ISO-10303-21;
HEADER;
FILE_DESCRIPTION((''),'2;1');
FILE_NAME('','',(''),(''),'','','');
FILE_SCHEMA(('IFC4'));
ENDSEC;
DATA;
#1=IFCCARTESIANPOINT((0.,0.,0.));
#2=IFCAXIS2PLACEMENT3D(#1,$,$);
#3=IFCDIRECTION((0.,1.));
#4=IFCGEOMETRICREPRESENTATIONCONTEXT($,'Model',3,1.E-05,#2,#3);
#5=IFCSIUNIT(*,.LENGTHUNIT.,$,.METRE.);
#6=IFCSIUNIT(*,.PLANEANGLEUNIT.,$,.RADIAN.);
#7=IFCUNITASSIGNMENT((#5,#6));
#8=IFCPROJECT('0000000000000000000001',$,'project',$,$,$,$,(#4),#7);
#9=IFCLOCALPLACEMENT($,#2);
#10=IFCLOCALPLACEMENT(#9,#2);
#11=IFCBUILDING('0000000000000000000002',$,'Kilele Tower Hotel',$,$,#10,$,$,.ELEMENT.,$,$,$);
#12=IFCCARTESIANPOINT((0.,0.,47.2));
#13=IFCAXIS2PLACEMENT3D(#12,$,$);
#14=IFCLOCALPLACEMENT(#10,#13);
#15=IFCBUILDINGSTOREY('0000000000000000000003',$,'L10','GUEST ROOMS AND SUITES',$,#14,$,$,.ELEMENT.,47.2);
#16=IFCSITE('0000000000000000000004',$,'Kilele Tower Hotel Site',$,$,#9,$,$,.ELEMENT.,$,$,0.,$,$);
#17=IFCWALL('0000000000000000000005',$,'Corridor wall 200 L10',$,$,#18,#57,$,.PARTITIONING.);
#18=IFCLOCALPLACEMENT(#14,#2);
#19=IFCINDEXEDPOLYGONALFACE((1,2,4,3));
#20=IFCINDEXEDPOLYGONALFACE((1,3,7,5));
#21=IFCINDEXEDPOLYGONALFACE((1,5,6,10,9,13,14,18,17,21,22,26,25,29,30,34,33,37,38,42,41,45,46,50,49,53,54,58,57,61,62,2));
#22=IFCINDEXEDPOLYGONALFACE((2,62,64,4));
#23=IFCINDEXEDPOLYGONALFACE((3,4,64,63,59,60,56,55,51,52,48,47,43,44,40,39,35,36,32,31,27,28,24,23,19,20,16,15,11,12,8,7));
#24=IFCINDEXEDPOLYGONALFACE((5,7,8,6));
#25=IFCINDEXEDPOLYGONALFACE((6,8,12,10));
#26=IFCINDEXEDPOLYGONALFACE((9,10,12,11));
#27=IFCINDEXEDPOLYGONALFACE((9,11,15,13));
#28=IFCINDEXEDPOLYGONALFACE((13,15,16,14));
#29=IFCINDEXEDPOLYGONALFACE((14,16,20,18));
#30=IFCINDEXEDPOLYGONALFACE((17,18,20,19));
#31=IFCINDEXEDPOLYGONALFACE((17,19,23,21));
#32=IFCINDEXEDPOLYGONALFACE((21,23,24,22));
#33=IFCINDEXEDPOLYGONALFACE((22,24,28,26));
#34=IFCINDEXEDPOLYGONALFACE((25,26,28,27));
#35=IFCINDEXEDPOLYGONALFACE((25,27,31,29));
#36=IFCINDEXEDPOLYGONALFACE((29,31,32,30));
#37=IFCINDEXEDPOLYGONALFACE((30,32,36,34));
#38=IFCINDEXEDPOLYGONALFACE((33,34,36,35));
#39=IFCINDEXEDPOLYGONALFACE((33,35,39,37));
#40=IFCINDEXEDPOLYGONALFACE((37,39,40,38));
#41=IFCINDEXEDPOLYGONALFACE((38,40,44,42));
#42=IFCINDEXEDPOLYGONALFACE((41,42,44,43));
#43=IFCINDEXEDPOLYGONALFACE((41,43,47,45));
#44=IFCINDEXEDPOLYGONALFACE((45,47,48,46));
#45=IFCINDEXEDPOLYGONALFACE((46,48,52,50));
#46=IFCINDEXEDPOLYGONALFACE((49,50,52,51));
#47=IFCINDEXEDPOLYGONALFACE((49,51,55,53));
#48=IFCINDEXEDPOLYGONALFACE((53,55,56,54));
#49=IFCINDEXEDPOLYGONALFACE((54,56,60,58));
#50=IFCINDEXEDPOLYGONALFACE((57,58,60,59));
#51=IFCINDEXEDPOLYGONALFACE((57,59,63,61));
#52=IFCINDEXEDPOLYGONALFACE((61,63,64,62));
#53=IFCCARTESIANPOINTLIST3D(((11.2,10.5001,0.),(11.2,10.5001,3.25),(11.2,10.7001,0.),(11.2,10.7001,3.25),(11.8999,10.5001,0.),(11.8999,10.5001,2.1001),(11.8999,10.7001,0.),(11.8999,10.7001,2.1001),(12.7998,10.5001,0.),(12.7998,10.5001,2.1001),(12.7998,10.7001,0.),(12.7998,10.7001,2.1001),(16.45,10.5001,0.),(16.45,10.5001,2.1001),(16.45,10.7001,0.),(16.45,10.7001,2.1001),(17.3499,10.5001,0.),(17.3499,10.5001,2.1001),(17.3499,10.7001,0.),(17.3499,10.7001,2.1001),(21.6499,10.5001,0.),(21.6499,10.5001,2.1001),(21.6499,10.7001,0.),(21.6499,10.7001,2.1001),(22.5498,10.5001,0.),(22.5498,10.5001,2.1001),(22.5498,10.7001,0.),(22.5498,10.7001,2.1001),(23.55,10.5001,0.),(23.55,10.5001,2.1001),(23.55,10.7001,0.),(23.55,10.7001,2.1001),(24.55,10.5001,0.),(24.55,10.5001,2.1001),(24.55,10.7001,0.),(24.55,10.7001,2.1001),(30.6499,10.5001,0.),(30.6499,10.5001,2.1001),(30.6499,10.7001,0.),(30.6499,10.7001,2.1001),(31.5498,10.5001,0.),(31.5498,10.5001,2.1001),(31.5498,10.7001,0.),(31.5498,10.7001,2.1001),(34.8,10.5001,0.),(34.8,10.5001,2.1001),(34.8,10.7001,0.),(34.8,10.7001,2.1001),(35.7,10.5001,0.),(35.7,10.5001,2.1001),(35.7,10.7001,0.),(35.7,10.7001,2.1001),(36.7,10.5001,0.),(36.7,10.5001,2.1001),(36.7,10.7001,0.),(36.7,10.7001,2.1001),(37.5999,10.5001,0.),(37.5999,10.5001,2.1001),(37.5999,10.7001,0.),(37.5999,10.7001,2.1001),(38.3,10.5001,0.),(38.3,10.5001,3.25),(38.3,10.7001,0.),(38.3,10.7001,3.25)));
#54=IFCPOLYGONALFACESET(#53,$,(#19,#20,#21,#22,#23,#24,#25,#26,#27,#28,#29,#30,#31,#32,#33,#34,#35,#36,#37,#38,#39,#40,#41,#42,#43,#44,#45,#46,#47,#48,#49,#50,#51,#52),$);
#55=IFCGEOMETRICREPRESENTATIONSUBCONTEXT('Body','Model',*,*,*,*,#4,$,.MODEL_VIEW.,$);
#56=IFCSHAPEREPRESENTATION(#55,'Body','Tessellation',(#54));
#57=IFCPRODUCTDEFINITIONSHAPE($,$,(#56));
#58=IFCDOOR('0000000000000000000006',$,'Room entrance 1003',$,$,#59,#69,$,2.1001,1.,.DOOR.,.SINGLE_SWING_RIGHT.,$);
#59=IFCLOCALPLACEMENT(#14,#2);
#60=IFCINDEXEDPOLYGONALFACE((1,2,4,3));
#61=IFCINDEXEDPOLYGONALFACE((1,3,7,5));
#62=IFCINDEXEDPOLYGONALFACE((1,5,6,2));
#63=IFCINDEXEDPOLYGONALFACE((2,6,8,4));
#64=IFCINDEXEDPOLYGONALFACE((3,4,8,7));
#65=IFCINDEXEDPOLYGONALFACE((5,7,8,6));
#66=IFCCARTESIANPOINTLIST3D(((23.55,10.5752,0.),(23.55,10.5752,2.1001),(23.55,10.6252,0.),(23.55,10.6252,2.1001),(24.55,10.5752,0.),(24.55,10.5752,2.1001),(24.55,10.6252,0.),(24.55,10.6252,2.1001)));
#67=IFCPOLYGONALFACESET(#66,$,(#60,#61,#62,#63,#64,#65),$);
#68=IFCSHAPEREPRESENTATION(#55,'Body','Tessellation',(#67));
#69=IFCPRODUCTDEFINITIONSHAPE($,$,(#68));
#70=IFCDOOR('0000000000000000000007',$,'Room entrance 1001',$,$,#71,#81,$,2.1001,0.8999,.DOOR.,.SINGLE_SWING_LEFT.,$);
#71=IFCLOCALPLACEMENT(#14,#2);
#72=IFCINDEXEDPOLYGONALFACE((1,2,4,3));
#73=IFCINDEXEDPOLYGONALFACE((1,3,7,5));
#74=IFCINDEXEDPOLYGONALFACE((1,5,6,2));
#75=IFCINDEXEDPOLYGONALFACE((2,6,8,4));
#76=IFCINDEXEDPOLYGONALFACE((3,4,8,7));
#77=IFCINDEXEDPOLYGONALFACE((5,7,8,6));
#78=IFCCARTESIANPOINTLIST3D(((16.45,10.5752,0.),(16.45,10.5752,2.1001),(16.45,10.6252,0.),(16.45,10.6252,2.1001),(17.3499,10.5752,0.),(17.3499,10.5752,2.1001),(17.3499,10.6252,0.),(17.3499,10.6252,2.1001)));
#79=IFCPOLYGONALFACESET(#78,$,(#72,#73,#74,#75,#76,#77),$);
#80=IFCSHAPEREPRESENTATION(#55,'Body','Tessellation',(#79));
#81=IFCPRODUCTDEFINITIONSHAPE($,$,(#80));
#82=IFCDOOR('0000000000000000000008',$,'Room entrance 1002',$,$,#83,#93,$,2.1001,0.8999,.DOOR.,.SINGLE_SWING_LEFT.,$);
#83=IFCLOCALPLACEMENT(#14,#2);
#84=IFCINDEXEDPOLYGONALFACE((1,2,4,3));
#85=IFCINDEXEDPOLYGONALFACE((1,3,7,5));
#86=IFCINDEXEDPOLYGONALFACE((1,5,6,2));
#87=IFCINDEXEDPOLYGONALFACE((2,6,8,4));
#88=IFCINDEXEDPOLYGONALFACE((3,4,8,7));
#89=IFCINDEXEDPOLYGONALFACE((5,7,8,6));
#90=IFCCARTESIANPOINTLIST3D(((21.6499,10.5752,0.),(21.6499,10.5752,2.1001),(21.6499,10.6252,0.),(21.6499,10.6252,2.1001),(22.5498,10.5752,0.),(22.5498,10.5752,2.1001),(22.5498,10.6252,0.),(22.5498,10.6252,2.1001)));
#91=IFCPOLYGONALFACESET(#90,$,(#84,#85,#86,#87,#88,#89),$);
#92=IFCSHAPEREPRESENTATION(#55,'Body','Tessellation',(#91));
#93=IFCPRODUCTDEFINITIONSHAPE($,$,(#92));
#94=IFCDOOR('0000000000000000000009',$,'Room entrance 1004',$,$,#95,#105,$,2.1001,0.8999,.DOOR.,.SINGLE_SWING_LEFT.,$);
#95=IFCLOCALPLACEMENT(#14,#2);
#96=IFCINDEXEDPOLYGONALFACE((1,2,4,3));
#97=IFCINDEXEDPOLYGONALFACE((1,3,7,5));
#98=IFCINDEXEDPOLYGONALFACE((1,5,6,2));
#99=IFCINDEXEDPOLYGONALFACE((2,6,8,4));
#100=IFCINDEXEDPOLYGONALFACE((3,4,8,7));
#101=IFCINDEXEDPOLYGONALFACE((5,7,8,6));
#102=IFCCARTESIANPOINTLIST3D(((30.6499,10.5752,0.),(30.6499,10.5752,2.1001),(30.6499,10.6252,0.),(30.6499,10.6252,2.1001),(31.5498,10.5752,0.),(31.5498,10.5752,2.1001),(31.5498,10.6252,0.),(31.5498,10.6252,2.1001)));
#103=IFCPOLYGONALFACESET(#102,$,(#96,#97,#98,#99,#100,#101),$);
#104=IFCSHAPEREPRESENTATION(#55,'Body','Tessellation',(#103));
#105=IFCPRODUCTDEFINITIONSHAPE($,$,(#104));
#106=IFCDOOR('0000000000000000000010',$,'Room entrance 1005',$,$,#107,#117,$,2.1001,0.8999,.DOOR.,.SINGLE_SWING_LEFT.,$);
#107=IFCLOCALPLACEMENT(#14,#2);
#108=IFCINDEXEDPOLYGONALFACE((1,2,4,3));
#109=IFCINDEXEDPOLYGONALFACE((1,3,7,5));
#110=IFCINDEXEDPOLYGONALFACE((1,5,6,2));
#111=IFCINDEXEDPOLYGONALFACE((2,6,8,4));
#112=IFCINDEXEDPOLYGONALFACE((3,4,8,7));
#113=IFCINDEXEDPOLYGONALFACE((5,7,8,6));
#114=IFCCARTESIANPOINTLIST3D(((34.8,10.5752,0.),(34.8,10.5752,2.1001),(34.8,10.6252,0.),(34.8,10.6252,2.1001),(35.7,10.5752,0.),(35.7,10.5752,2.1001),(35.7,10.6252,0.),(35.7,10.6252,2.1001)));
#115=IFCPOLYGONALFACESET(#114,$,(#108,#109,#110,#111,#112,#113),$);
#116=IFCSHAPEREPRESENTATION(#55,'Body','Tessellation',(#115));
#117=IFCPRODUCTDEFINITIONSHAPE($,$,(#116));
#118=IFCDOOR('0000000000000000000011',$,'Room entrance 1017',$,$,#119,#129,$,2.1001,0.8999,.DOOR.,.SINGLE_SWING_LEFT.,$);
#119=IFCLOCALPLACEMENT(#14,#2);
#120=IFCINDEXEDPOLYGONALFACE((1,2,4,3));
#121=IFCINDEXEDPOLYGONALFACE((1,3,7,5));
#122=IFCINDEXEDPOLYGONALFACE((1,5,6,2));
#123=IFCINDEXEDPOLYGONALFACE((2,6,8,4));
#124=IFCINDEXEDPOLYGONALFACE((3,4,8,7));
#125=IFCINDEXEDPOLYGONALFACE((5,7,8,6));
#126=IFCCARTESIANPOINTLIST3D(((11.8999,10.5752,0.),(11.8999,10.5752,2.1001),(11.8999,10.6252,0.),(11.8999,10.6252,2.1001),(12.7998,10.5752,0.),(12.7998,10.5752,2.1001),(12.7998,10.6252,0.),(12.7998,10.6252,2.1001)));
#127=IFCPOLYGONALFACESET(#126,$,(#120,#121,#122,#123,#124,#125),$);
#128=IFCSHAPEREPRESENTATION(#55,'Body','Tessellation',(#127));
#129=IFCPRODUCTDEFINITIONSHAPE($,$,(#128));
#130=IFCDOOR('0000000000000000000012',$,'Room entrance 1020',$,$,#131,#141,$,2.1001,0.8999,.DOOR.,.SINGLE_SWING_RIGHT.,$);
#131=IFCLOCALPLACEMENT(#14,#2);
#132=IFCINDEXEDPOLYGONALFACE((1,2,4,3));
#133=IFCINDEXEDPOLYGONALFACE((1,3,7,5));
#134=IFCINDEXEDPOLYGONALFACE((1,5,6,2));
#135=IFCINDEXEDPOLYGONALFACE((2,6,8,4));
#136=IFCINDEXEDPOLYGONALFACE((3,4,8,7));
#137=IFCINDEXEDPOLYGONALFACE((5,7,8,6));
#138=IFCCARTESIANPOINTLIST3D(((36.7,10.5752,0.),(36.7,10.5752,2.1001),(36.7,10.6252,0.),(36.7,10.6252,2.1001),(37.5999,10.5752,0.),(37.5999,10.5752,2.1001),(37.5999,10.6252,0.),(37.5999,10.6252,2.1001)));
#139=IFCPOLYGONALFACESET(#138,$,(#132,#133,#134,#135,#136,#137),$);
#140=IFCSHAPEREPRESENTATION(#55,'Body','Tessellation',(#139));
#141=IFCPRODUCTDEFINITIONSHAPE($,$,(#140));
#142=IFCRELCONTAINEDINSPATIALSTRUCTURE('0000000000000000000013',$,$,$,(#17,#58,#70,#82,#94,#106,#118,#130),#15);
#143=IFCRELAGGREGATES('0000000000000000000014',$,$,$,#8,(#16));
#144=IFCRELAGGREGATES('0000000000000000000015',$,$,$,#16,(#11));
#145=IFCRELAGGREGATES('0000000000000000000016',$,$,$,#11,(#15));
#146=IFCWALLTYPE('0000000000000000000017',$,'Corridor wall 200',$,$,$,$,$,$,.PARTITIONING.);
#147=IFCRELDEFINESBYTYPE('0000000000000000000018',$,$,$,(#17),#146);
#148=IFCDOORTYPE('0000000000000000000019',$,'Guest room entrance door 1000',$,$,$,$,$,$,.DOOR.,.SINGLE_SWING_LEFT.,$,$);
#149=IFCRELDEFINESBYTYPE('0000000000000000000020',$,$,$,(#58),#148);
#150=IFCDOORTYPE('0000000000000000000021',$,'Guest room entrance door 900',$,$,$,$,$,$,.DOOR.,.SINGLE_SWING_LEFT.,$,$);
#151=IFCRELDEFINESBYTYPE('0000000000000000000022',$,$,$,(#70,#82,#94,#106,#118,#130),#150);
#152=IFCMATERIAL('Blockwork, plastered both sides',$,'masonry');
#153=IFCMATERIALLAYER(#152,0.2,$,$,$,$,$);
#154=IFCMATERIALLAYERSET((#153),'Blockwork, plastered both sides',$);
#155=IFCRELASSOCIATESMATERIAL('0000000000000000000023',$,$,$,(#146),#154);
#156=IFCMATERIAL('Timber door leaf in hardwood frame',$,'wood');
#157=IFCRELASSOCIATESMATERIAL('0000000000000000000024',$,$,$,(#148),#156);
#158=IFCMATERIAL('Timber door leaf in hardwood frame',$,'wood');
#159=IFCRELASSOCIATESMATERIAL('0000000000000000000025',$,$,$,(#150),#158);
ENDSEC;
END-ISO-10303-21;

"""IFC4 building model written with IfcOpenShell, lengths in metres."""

from ifc_helpers import new_model, si_unit, direction, frame, frame_2d, origin, place, context, subcontext, project, spatial, rectangle, extrude, material, layer, layer_set, type_object, element, fill, save


model = new_model("IFC4")

# Units and contexts
model_context = context("Model", 3, precision=1e-05, world=origin(), true_north=direction((0.0, 1.0)))
body_context = subcontext(model_context, "Body", "Model", "MODEL_VIEW")
ifc_project = project(units=[si_unit("LENGTHUNIT", "METRE"), si_unit("PLANEANGLEUNIT", "RADIAN")], contexts=[model_context])

# Site, building, storey
site_placement = place(None, origin())
site = spatial("IfcSite", under=ifc_project, at=site_placement, Name="Kilele Tower Hotel Site", CompositionType="ELEMENT", RefElevation=0.0)
building_placement = place(site_placement, origin())
building = spatial("IfcBuilding", under=site, at=building_placement, Name="Kilele Tower Hotel", CompositionType="ELEMENT")
storey_placement = place(building_placement, frame((0.0, 0.0, 47.2)))
storey = spatial("IfcBuildingStorey", under=building, at=storey_placement, Name="L10", Description="GUEST ROOMS AND SUITES", CompositionType="ELEMENT", Elevation=47.2)

# Wall, openings, doors
ifc_material_1 = material(Name="Blockwork, plastered both sides", Category="masonry")
ifc_layer_1 = layer(ifc_material_1, 0.2)
ifc_layer_set_1 = layer_set([ifc_layer_1], Name="Blockwork, plastered both sides")
wall_type_1 = type_object("IfcWallType", Name="Corridor wall 200", PredefinedType="PARTITIONING", material=ifc_layer_set_1)
wall_1_placement = place(storey_placement, frame((11.2, 10.6001, 0.0), z_axis=(0.0, 0.0, 1.0), x_axis=(1.0, 0.0, 0.0)))
wall_1 = element("IfcWall", 1, at=wall_1_placement, inside=storey, type_object=wall_type_1, Name="Corridor wall 200 L10", PredefinedType="PARTITIONING", context=body_context, shape_type="SweptSolid", body=[
    extrude(rectangle(XDim=27.1001, YDim=0.2, at=frame_2d((13.55, 0.0))), origin(), (0.0, 0.0, 1.0), 3.25),
])
opening_1_placement = place(wall_1_placement, frame((6.1499, 0.0, 0.0), z_axis=(0.0, 0.0, 1.0), x_axis=(-1.0, 0.0, 0.0)))
opening_1 = element("IfcOpeningElement", 2, at=opening_1_placement, cuts=wall_1, PredefinedType="OPENING", context=body_context, shape_type="SweptSolid", body=[
    extrude(rectangle(XDim=0.8999, YDim=2.1001, at=frame_2d((0.45, 1.05))), frame((0.0, 0.1099, 0.0), z_axis=(0.0, -1.0, 0.0), x_axis=(1.0, 0.0, 0.0)), (0.0, 0.0, 1.0), 0.22),
])
opening_2_placement = place(wall_1_placement, frame((11.3499, 0.0, 0.0), z_axis=(0.0, 0.0, 1.0), x_axis=(-1.0, 0.0, 0.0)))
opening_2 = element("IfcOpeningElement", 3, at=opening_2_placement, cuts=wall_1, PredefinedType="OPENING", context=body_context, shape_type="SweptSolid", body=[
    extrude(rectangle(XDim=0.8999, YDim=2.1001, at=frame_2d((0.45, 1.05))), frame((0.0, 0.1099, 0.0), z_axis=(0.0, -1.0, 0.0), x_axis=(1.0, 0.0, 0.0)), (0.0, 0.0, 1.0), 0.22),
])
opening_3_placement = place(wall_1_placement, frame((13.3501, 0.0, 0.0), z_axis=(0.0, 0.0, 1.0), x_axis=(-1.0, 0.0, 0.0)))
opening_3 = element("IfcOpeningElement", 4, at=opening_3_placement, cuts=wall_1, PredefinedType="OPENING", context=body_context, shape_type="SweptSolid", body=[
    extrude(rectangle(XDim=1.0, YDim=2.1001, at=frame_2d((0.5, 1.05))), frame((0.0, 0.1099, 0.0), z_axis=(0.0, -1.0, 0.0), x_axis=(1.0, 0.0, 0.0)), (0.0, 0.0, 1.0), 0.22),
])
opening_4_placement = place(wall_1_placement, frame((20.3499, 0.0, 0.0), z_axis=(0.0, 0.0, 1.0), x_axis=(-1.0, 0.0, 0.0)))
opening_4 = element("IfcOpeningElement", 5, at=opening_4_placement, cuts=wall_1, PredefinedType="OPENING", context=body_context, shape_type="SweptSolid", body=[
    extrude(rectangle(XDim=0.8999, YDim=2.1001, at=frame_2d((0.45, 1.05))), frame((0.0, 0.1099, 0.0), z_axis=(0.0, -1.0, 0.0), x_axis=(1.0, 0.0, 0.0)), (0.0, 0.0, 1.0), 0.22),
])
opening_5_placement = place(wall_1_placement, frame((24.5, 0.0, 0.0), z_axis=(0.0, 0.0, 1.0), x_axis=(-1.0, 0.0, 0.0)))
opening_5 = element("IfcOpeningElement", 6, at=opening_5_placement, cuts=wall_1, PredefinedType="OPENING", context=body_context, shape_type="SweptSolid", body=[
    extrude(rectangle(XDim=0.8999, YDim=2.1001, at=frame_2d((0.45, 1.05))), frame((0.0, 0.1099, 0.0), z_axis=(0.0, -1.0, 0.0), x_axis=(1.0, 0.0, 0.0)), (0.0, 0.0, 1.0), 0.22),
])
opening_6_placement = place(wall_1_placement, frame((1.5999, 0.0, 0.0), z_axis=(0.0, 0.0, 1.0), x_axis=(-1.0, 0.0, 0.0)))
opening_6 = element("IfcOpeningElement", 7, at=opening_6_placement, cuts=wall_1, PredefinedType="OPENING", context=body_context, shape_type="SweptSolid", body=[
    extrude(rectangle(XDim=0.8999, YDim=2.1001, at=frame_2d((0.45, 1.05))), frame((0.0, 0.1099, 0.0), z_axis=(0.0, -1.0, 0.0), x_axis=(1.0, 0.0, 0.0)), (0.0, 0.0, 1.0), 0.22),
])
opening_7_placement = place(wall_1_placement, frame((26.3999, 0.0, 0.0), z_axis=(0.0, 0.0, 1.0), x_axis=(-1.0, 0.0, 0.0)))
opening_7 = element("IfcOpeningElement", 8, at=opening_7_placement, cuts=wall_1, PredefinedType="OPENING", context=body_context, shape_type="SweptSolid", body=[
    extrude(rectangle(XDim=0.8999, YDim=2.1001, at=frame_2d((0.45, 1.05))), frame((0.0, 0.1099, 0.0), z_axis=(0.0, -1.0, 0.0), x_axis=(1.0, 0.0, 0.0)), (0.0, 0.0, 1.0), 0.22),
])
ifc_material_2 = material(Name="Timber door leaf in hardwood frame", Category="wood")
door_type_1 = type_object("IfcDoorType", Name="Guest room entrance door 1000", OperationType="SINGLE_SWING_LEFT", PredefinedType="DOOR", material=ifc_material_2)
door_1_placement = place(opening_3_placement, origin())
door_1 = element("IfcDoor", 9, at=door_1_placement, inside=storey, type_object=door_type_1, Name="Room entrance 1003", OperationType="SINGLE_SWING_RIGHT", OverallHeight=2.1001, OverallWidth=1.0, PredefinedType="DOOR", context=body_context, shape_type="SweptSolid", body=[
    extrude(rectangle(XDim=1.0, YDim=2.1001, at=frame_2d((0.5, 1.05))), frame((0.0, 0.0249, 0.0), z_axis=(0.0, -1.0, 0.0), x_axis=(1.0, 0.0, 0.0)), (0.0, 0.0, 1.0), 0.05),
])
fill(opening_3, door_1)
ifc_material_3 = material(Name="Timber door leaf in hardwood frame", Category="wood")
door_type_2 = type_object("IfcDoorType", Name="Guest room entrance door 900", OperationType="SINGLE_SWING_LEFT", PredefinedType="DOOR", material=ifc_material_3)
door_2_placement = place(opening_1_placement, origin())
door_2 = element("IfcDoor", 10, at=door_2_placement, inside=storey, type_object=door_type_2, Name="Room entrance 1001", OperationType="SINGLE_SWING_LEFT", OverallHeight=2.1001, OverallWidth=0.8999, PredefinedType="DOOR", context=body_context, shape_type="SweptSolid", body=[
    extrude(rectangle(XDim=0.8999, YDim=2.1001, at=frame_2d((0.45, 1.05))), frame((0.0, 0.0249, 0.0), z_axis=(0.0, -1.0, 0.0), x_axis=(1.0, 0.0, 0.0)), (0.0, 0.0, 1.0), 0.05),
])
fill(opening_1, door_2)
door_3_placement = place(opening_2_placement, origin())
door_3 = element("IfcDoor", 11, at=door_3_placement, inside=storey, type_object=door_type_2, Name="Room entrance 1002", OperationType="SINGLE_SWING_LEFT", OverallHeight=2.1001, OverallWidth=0.8999, PredefinedType="DOOR", context=body_context, shape_type="SweptSolid", body=[
    extrude(rectangle(XDim=0.8999, YDim=2.1001, at=frame_2d((0.45, 1.05))), frame((0.0, 0.0249, 0.0), z_axis=(0.0, -1.0, 0.0), x_axis=(1.0, 0.0, 0.0)), (0.0, 0.0, 1.0), 0.05),
])
fill(opening_2, door_3)
door_4_placement = place(opening_4_placement, origin())
door_4 = element("IfcDoor", 12, at=door_4_placement, inside=storey, type_object=door_type_2, Name="Room entrance 1004", OperationType="SINGLE_SWING_LEFT", OverallHeight=2.1001, OverallWidth=0.8999, PredefinedType="DOOR", context=body_context, shape_type="SweptSolid", body=[
    extrude(rectangle(XDim=0.8999, YDim=2.1001, at=frame_2d((0.45, 1.05))), frame((0.0, 0.0249, 0.0), z_axis=(0.0, -1.0, 0.0), x_axis=(1.0, 0.0, 0.0)), (0.0, 0.0, 1.0), 0.05),
])
fill(opening_4, door_4)
door_5_placement = place(opening_5_placement, origin())
door_5 = element("IfcDoor", 13, at=door_5_placement, inside=storey, type_object=door_type_2, Name="Room entrance 1005", OperationType="SINGLE_SWING_LEFT", OverallHeight=2.1001, OverallWidth=0.8999, PredefinedType="DOOR", context=body_context, shape_type="SweptSolid", body=[
    extrude(rectangle(XDim=0.8999, YDim=2.1001, at=frame_2d((0.45, 1.05))), frame((0.0, 0.0249, 0.0), z_axis=(0.0, -1.0, 0.0), x_axis=(1.0, 0.0, 0.0)), (0.0, 0.0, 1.0), 0.05),
])
fill(opening_5, door_5)
door_6_placement = place(opening_6_placement, origin())
door_6 = element("IfcDoor", 14, at=door_6_placement, inside=storey, type_object=door_type_2, Name="Room entrance 1017", OperationType="SINGLE_SWING_LEFT", OverallHeight=2.1001, OverallWidth=0.8999, PredefinedType="DOOR", context=body_context, shape_type="SweptSolid", body=[
    extrude(rectangle(XDim=0.8999, YDim=2.1001, at=frame_2d((0.45, 1.05))), frame((0.0, 0.0249, 0.0), z_axis=(0.0, -1.0, 0.0), x_axis=(1.0, 0.0, 0.0)), (0.0, 0.0, 1.0), 0.05),
])
fill(opening_6, door_6)
door_7_placement = place(opening_7_placement, origin())
door_7 = element("IfcDoor", 15, at=door_7_placement, inside=storey, type_object=door_type_2, Name="Room entrance 1020", OperationType="SINGLE_SWING_RIGHT", OverallHeight=2.1001, OverallWidth=0.8999, PredefinedType="DOOR", context=body_context, shape_type="SweptSolid", body=[
    extrude(rectangle(XDim=0.8999, YDim=2.1001, at=frame_2d((0.45, 1.05))), frame((0.0, 0.0249, 0.0), z_axis=(0.0, -1.0, 0.0), x_axis=(1.0, 0.0, 0.0)), (0.0, 0.0, 1.0), 0.05),
])
fill(opening_7, door_7)

save(model, "model.ifc")
